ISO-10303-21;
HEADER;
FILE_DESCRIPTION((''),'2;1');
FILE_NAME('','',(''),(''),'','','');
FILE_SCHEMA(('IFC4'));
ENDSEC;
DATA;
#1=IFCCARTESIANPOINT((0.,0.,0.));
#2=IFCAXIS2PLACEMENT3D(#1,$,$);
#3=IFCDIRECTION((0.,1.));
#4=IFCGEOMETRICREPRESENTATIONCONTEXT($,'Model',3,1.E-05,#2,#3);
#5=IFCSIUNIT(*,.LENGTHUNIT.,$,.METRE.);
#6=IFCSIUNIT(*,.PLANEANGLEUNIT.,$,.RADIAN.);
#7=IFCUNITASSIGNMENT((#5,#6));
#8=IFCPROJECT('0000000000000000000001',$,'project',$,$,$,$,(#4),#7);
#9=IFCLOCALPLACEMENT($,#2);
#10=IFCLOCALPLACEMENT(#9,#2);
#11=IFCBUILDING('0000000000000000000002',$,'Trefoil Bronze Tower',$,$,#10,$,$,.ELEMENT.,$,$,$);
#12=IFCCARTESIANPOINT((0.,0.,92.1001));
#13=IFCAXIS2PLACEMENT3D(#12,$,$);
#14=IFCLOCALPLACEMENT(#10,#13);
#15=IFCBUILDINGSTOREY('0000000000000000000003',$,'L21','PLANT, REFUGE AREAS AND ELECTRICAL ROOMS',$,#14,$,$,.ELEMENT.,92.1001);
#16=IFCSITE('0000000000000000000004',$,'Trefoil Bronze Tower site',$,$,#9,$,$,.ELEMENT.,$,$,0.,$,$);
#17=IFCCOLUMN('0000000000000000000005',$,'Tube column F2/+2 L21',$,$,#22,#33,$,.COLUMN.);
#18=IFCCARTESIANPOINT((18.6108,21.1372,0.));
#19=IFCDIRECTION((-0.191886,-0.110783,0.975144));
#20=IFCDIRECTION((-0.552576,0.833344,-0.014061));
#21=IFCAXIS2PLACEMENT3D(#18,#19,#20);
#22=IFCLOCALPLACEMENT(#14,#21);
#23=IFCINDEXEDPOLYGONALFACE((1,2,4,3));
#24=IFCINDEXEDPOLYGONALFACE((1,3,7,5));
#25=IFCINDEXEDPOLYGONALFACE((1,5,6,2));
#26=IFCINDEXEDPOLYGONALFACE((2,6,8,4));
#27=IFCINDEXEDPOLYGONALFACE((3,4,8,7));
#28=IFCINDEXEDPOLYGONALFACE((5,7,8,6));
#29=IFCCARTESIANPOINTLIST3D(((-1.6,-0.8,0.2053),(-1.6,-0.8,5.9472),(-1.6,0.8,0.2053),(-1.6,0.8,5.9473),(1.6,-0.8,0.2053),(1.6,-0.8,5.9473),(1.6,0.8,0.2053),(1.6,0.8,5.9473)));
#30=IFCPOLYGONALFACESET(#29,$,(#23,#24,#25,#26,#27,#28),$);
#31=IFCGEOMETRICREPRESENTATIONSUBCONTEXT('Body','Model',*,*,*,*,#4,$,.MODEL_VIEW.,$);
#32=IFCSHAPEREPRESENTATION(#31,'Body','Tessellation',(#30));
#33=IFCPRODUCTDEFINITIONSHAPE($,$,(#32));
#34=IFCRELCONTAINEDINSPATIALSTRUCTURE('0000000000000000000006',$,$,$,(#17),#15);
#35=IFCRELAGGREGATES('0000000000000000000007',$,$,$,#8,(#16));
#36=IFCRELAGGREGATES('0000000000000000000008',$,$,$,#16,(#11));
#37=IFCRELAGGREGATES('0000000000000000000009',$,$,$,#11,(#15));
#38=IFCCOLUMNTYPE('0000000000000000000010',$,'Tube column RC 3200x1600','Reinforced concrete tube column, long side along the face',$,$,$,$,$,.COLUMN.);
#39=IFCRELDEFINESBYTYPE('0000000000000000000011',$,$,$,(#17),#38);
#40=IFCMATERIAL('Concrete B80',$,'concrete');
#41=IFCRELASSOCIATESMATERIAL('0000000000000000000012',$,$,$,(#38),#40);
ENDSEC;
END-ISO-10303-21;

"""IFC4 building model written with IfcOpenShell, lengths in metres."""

from ifc_helpers import new_model, si_unit, direction, frame, origin, origin_2d, place, context, subcontext, project, spatial, rectangle, extrude, clip, halfspace, material, material_profile, profile_set, type_object, element, save


model = new_model("IFC4")

# Units and contexts
model_context = context("Model", 3, precision=1e-05, world=origin(), true_north=direction((0.0, 1.0)))
body_context = subcontext(model_context, "Body", "Model", "MODEL_VIEW")
ifc_project = project(units=[si_unit("LENGTHUNIT", "METRE"), si_unit("PLANEANGLEUNIT", "RADIAN")], contexts=[model_context])

# Site, building, storey
site_placement = place(None, origin())
site = spatial("IfcSite", under=ifc_project, at=site_placement, Name="Trefoil Bronze Tower site", CompositionType="ELEMENT", RefElevation=0.0)
building_placement = place(site_placement, origin())
building = spatial("IfcBuilding", under=site, at=building_placement, Name="Trefoil Bronze Tower", CompositionType="ELEMENT")
storey_placement = place(building_placement, frame((0.0, 0.0, 92.1001)))
storey = spatial("IfcBuildingStorey", under=building, at=storey_placement, Name="L21", Description="PLANT, REFUGE AREAS AND ELECTRICAL ROOMS", CompositionType="ELEMENT", Elevation=92.1001)

# Column
ifc_material_1 = material(Name="Concrete B80", Category="concrete")
ifc_material_profile_1 = material_profile(ifc_material_1, rectangle(XDim=3.2, YDim=1.6001, at=origin_2d()), Name="RC 3200x1600")
ifc_profile_set_1 = profile_set([ifc_material_profile_1], Name="Concrete B80")
column_type = type_object("IfcColumnType", Name="Tube column RC 3200x1600", Description="Reinforced concrete tube column, long side along the face", PredefinedType="COLUMN", material=ifc_profile_set_1)
column_placement = place(storey_placement, frame((18.6108, 21.1372, 0.0), z_axis=(-0.191886, -0.110783, 0.975144), x_axis=(-0.552576, 0.833344, -0.014061)))
element("IfcColumn", 1, at=column_placement, inside=storey, type_object=column_type, Name="Tube column F2/+2 L21", PredefinedType="COLUMN", context=body_context, shape_type="Clipping", body=[
    clip(clip(extrude(rectangle(XDim=3.2, YDim=1.6001, at=origin_2d()), origin(), (0.0, 0.0, 1.0), 6.1528), halfspace(frame((0.0, 0.0, 0.2053), z_axis=(-0.000004, -0.000023, 1.0), x_axis=(0.0, 1.0, 0.000023)), True)), halfspace(frame((0.0, 0.0, 5.9473), z_axis=(0.000004, 0.000023, -1.0), x_axis=(0.0, -1.0, -0.000023)), True)),
])

save(model, "model.ifc")
